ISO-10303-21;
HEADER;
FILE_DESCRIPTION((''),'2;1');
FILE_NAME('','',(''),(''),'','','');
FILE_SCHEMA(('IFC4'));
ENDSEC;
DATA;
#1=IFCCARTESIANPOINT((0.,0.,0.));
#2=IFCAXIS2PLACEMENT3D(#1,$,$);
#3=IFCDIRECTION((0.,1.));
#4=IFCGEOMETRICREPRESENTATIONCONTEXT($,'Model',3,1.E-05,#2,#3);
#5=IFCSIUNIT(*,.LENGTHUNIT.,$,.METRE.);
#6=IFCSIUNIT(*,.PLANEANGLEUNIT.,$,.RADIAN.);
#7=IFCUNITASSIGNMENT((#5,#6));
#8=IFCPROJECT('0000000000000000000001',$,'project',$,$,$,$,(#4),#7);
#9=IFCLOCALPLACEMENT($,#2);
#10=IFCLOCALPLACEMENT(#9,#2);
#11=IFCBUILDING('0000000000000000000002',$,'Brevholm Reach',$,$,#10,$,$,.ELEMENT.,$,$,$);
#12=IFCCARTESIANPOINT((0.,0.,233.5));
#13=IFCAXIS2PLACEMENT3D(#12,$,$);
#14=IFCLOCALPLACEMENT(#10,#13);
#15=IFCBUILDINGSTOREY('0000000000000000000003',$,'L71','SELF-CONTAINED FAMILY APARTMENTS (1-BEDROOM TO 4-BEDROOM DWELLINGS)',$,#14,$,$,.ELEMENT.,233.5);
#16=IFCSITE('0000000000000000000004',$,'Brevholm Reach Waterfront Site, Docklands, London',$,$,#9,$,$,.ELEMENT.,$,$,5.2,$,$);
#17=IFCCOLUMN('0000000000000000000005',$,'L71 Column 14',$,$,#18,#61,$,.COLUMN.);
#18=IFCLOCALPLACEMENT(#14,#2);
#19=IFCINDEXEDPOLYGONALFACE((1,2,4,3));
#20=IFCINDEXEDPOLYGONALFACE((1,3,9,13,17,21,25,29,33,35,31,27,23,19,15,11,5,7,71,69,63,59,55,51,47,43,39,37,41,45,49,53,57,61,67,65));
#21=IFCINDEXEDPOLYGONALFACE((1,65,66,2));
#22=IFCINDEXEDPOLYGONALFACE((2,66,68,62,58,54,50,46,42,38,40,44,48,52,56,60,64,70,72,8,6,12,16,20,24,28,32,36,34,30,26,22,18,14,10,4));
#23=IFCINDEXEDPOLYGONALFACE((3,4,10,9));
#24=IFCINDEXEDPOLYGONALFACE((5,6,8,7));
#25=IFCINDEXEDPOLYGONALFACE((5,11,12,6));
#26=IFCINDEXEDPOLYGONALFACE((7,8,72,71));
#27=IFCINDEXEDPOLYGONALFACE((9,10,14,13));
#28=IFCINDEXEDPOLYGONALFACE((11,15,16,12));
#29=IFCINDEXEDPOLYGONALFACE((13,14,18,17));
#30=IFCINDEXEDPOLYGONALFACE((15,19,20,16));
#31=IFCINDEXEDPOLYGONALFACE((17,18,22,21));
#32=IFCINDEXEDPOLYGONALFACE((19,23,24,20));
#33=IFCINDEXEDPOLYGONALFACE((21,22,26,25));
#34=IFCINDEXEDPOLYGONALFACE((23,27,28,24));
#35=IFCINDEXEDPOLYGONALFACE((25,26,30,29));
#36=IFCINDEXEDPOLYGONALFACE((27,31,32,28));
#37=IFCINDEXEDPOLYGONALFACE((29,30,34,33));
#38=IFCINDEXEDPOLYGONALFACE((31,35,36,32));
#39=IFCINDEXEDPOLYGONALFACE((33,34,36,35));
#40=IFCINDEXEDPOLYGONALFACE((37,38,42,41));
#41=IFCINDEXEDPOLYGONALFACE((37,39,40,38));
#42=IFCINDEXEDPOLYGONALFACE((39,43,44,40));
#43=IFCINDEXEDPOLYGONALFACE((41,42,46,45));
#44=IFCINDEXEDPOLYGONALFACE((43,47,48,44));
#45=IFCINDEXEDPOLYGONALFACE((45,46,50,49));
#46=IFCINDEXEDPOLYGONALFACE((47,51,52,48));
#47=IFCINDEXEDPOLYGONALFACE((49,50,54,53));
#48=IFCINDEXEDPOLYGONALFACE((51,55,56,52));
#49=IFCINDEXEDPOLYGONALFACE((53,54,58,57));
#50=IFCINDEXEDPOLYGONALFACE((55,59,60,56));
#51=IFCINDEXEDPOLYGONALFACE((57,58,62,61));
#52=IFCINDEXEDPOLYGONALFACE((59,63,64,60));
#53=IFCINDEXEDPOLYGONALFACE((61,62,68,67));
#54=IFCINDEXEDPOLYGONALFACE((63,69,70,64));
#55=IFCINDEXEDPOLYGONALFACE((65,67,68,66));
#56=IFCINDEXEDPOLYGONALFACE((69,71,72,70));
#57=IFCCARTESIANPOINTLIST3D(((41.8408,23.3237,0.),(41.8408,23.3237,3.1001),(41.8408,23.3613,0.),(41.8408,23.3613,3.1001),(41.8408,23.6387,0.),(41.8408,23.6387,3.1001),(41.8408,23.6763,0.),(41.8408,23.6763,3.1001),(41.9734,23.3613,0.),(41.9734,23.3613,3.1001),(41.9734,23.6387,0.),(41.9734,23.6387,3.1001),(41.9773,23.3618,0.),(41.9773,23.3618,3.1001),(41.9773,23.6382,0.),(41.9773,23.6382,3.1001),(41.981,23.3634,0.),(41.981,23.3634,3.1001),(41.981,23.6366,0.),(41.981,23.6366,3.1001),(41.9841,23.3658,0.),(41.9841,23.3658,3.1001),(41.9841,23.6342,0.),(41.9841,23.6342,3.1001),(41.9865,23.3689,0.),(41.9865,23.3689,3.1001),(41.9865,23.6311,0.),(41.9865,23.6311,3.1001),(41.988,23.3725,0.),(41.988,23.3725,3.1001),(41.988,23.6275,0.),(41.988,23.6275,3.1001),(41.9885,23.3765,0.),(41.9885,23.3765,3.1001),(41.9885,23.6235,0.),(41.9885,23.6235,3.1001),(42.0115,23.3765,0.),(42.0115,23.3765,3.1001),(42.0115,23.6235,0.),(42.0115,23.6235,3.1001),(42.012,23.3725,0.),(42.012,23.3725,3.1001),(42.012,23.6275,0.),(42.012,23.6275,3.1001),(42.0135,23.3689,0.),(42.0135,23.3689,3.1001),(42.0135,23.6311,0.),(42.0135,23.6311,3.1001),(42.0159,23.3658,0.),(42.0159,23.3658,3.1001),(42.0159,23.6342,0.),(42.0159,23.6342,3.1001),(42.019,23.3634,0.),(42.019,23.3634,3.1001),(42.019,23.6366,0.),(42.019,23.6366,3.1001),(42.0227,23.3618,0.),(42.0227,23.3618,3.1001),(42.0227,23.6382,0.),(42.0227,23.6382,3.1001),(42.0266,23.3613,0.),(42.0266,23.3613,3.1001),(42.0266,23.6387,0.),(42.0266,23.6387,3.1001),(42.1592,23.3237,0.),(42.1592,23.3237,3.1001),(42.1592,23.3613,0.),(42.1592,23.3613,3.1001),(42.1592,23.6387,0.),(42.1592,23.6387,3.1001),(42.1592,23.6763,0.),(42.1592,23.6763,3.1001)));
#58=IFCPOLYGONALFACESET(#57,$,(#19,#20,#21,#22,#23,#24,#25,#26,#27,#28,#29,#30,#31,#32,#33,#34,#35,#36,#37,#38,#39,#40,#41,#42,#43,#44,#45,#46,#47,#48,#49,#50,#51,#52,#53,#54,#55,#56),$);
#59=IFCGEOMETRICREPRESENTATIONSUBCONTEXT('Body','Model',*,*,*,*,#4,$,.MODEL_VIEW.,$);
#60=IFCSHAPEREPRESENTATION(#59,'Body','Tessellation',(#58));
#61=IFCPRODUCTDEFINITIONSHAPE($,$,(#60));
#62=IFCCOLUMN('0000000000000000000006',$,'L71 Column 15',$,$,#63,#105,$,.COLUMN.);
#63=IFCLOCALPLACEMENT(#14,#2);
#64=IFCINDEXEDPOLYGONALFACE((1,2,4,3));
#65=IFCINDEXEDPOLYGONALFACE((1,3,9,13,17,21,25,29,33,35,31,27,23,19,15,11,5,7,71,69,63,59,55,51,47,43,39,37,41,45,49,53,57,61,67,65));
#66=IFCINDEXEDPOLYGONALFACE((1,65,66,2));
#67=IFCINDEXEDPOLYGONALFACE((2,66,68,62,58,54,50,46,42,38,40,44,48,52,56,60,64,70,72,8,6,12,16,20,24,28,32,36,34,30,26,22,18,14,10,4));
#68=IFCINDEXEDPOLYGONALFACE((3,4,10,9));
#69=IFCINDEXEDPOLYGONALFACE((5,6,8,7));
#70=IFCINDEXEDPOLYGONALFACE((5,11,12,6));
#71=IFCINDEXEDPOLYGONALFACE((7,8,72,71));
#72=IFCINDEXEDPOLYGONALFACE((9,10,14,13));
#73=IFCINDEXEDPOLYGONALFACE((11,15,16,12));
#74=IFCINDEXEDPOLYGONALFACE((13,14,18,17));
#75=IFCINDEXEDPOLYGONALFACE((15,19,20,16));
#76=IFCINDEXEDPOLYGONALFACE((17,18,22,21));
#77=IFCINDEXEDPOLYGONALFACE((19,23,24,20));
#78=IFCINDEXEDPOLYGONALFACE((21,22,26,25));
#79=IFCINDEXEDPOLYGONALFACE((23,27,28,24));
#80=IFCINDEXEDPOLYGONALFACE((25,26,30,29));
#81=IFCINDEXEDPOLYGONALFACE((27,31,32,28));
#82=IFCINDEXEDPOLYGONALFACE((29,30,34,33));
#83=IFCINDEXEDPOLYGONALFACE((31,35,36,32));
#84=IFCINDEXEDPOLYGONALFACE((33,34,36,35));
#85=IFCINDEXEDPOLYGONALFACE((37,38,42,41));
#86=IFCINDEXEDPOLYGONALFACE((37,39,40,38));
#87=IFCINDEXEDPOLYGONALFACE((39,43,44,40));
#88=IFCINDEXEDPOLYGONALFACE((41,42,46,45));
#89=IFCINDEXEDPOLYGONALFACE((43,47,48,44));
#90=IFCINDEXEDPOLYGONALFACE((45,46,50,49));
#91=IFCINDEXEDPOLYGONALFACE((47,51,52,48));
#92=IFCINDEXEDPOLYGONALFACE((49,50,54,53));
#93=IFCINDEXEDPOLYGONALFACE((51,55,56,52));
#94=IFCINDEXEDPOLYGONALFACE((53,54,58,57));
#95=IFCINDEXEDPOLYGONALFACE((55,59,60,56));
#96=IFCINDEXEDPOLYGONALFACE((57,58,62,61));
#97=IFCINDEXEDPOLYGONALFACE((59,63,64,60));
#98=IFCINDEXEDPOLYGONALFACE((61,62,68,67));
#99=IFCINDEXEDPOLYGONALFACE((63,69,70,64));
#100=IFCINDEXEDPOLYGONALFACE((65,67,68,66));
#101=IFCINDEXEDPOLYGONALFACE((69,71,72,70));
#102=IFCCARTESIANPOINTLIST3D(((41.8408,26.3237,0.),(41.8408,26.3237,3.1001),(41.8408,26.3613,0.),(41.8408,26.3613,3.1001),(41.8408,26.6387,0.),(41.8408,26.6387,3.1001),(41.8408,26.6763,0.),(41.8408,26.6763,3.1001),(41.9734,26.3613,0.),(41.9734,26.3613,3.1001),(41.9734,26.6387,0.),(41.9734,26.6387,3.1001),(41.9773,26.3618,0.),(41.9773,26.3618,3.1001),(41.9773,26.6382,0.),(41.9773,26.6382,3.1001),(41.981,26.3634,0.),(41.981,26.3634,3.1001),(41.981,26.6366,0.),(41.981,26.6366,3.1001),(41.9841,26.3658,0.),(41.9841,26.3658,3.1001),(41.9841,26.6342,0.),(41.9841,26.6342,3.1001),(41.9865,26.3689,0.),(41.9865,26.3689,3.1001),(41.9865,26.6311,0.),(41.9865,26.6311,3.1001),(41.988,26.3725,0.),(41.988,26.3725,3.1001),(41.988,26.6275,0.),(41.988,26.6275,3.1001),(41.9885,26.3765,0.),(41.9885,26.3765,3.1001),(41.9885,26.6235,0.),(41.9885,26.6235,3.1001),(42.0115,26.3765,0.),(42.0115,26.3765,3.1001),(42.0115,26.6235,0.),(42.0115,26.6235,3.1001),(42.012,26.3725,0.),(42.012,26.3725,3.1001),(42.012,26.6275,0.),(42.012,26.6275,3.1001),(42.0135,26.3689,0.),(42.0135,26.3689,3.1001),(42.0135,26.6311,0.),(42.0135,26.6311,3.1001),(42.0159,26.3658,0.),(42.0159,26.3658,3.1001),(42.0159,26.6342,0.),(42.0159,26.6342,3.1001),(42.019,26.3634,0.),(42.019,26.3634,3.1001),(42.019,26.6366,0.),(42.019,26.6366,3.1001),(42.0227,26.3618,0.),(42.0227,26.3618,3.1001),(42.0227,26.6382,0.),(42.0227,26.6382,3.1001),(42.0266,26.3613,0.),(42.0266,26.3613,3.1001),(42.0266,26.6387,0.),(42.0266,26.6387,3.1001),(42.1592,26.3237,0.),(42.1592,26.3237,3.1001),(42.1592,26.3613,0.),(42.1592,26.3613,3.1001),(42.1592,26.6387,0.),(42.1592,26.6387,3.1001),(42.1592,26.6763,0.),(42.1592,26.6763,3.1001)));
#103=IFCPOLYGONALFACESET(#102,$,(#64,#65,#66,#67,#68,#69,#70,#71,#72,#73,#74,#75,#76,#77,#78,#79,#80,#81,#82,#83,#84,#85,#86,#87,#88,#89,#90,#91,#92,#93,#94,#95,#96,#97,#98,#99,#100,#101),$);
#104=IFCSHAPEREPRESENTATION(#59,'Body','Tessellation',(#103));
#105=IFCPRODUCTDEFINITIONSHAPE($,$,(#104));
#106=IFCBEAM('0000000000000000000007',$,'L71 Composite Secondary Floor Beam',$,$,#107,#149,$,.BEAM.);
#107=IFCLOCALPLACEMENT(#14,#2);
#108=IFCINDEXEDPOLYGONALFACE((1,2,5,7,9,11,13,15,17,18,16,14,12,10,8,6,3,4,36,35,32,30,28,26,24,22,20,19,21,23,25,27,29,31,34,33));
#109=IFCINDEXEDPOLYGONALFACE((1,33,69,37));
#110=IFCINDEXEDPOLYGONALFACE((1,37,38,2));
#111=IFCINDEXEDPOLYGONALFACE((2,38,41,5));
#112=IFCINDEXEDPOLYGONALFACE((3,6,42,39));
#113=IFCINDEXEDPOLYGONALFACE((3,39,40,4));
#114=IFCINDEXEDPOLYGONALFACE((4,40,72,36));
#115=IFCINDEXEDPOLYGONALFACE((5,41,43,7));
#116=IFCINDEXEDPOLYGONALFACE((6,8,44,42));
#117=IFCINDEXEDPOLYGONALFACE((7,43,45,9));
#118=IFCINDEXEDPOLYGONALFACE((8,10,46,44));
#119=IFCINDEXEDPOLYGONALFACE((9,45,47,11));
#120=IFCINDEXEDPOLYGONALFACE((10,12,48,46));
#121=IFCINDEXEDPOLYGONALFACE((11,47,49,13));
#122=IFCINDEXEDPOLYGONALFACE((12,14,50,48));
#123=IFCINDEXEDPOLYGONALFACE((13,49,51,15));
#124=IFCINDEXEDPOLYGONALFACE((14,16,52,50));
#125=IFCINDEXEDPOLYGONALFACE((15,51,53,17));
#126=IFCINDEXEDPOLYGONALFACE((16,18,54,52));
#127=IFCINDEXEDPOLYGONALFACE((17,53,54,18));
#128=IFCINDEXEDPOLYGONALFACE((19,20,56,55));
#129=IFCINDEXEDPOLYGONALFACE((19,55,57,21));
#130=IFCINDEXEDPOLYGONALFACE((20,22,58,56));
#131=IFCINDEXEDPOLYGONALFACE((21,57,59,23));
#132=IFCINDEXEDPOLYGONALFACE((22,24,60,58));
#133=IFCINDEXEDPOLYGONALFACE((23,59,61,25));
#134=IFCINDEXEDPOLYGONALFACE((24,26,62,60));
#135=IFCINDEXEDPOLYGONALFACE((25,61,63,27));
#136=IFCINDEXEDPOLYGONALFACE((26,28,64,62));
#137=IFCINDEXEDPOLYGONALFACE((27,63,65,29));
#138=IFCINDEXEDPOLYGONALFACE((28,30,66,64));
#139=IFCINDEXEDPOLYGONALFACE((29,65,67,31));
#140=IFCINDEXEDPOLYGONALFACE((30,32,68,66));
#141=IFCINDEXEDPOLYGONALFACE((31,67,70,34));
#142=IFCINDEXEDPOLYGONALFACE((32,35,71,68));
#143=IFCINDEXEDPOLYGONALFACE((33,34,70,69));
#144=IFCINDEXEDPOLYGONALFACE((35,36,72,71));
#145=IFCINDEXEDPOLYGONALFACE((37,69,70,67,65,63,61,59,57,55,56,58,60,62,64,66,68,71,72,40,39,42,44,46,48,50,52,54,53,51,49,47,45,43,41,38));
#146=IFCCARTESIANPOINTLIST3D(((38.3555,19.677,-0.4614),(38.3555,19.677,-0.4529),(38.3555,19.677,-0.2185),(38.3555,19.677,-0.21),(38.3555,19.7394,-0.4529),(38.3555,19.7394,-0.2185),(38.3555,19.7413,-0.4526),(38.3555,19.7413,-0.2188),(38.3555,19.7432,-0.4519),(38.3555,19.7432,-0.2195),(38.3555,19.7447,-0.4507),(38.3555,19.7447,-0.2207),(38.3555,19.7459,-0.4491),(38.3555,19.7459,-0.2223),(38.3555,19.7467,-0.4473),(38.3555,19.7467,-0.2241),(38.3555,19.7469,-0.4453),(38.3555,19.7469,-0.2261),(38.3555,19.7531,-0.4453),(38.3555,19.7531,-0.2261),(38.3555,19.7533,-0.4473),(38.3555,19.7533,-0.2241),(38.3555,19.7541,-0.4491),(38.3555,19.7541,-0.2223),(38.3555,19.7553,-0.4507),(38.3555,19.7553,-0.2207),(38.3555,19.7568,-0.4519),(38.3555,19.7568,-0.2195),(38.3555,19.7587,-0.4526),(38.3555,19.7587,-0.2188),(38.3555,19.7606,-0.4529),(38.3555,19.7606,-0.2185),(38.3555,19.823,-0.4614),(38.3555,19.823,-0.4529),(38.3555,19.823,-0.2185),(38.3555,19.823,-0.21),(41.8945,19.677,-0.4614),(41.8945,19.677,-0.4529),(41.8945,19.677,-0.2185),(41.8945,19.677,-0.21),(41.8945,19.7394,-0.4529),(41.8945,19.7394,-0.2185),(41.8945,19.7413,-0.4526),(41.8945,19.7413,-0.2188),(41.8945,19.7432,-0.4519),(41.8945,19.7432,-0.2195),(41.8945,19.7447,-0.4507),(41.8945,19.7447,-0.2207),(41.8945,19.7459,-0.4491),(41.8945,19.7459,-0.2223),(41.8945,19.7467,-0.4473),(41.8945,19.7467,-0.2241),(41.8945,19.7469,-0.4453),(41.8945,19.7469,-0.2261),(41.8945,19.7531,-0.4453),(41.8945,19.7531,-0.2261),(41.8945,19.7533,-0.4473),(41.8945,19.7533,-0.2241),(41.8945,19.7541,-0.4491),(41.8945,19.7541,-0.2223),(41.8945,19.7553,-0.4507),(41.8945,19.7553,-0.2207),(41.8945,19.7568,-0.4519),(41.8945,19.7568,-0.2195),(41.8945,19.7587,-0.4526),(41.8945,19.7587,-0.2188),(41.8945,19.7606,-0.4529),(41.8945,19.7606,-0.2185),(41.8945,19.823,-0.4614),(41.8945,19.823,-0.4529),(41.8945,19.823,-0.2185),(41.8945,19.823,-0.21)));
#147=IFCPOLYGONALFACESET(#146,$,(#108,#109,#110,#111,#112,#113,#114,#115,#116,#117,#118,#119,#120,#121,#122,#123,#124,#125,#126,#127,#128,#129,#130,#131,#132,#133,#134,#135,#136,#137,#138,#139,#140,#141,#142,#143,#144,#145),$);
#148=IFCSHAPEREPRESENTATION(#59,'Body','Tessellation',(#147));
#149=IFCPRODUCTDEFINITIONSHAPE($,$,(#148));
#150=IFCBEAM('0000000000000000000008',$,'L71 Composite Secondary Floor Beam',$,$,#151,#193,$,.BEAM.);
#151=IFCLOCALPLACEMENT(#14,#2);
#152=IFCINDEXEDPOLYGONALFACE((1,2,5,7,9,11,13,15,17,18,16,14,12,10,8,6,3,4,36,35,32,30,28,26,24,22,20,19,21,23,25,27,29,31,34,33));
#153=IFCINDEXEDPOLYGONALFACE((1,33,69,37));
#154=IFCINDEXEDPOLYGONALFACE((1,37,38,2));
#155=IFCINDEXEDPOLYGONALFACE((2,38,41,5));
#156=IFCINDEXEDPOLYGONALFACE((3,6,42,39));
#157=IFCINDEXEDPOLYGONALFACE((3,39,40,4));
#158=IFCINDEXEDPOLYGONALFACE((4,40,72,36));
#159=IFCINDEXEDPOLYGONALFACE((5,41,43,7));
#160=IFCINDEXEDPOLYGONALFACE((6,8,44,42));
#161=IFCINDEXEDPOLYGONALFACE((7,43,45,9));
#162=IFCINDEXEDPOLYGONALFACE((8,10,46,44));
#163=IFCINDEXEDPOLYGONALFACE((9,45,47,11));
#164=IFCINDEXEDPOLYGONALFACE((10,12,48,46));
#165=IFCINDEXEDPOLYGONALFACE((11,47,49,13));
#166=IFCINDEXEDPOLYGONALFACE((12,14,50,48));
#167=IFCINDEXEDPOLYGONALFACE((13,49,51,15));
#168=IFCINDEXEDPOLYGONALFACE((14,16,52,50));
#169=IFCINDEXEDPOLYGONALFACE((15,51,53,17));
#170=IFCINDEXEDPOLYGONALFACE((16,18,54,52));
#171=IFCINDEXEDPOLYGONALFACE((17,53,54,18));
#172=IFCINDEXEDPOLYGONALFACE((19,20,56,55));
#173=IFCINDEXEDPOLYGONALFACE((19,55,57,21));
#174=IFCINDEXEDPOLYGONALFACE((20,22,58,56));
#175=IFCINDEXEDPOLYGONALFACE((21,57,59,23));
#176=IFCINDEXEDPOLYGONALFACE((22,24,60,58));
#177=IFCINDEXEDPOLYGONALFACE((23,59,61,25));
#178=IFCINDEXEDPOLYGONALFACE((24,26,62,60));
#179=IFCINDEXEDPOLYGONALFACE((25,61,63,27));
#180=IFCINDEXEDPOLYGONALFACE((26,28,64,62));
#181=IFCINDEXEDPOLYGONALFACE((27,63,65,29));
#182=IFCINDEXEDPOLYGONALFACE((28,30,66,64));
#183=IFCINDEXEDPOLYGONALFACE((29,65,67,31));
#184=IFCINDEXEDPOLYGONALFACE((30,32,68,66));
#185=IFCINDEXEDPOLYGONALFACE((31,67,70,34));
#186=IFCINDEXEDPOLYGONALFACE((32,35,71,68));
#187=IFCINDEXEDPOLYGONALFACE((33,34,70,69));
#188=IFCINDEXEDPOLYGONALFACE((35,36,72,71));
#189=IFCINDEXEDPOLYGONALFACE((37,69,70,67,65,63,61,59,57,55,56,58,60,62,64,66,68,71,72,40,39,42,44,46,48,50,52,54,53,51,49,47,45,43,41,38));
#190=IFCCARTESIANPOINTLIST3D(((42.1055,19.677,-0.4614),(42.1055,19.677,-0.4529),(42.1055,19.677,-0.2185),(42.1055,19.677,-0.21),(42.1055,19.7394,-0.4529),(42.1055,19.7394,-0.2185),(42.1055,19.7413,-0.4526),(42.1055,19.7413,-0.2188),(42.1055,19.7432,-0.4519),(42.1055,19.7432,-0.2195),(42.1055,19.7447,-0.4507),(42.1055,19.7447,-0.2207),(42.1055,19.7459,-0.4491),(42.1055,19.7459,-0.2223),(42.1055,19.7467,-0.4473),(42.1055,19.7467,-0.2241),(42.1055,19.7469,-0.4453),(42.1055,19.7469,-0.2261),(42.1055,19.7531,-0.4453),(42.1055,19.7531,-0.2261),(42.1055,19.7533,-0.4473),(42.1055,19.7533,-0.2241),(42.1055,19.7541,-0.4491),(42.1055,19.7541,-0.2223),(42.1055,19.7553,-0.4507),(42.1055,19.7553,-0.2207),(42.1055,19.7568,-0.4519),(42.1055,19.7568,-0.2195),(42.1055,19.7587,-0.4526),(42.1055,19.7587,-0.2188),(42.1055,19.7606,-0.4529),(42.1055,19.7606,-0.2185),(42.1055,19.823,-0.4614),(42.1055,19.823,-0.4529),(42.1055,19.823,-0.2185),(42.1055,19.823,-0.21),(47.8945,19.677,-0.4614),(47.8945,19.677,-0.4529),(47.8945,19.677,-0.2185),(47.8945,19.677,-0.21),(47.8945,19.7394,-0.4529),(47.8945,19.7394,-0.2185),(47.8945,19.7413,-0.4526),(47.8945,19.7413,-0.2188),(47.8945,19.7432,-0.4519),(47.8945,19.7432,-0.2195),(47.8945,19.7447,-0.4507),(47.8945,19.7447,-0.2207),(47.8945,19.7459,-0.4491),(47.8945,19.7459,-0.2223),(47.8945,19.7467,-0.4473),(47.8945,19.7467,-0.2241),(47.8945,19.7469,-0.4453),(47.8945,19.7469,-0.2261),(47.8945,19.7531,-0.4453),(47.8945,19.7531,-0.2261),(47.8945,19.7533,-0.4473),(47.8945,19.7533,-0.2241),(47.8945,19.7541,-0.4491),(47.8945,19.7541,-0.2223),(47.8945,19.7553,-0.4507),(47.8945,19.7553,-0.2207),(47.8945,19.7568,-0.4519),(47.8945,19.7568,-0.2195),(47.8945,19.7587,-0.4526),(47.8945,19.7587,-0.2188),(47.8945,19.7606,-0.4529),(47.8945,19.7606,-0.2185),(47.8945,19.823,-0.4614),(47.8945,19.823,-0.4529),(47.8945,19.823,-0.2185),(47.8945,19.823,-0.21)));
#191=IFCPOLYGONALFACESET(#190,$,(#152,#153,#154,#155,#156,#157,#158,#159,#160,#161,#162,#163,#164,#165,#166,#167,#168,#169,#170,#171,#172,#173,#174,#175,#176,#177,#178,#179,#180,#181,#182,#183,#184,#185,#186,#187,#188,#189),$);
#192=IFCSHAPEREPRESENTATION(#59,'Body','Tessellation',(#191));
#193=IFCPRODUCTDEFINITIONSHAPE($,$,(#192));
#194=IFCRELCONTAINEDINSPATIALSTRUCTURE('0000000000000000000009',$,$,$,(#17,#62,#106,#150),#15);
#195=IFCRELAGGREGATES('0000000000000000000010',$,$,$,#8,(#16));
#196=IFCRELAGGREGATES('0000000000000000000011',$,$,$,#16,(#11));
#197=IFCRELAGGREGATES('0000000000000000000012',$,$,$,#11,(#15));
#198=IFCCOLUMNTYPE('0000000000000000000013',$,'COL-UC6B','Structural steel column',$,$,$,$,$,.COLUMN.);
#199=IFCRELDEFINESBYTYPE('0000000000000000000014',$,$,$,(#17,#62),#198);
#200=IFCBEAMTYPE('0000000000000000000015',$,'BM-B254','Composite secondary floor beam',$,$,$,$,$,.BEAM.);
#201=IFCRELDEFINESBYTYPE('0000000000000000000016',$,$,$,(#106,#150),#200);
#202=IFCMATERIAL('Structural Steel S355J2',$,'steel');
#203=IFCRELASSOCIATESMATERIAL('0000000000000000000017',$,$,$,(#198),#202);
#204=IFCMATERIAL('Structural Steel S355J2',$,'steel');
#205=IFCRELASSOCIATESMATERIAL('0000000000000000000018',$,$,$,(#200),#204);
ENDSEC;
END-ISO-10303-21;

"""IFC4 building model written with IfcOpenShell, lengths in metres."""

from ifc_helpers import new_model, si_unit, direction, frame, origin, origin_2d, place, context, subcontext, project, spatial, i_section, extrude, material, material_profile, profile_set, type_object, element, save


model = new_model("IFC4")

# Units and contexts
model_context = context("Model", 3, precision=1e-05, world=origin(), true_north=direction((0.0, 1.0)))
body_context = subcontext(model_context, "Body", "Model", "MODEL_VIEW")
ifc_project = project(units=[si_unit("LENGTHUNIT", "METRE"), si_unit("PLANEANGLEUNIT", "RADIAN")], contexts=[model_context])

# Site, building, storey
site_placement = place(None, origin())
site = spatial("IfcSite", under=ifc_project, at=site_placement, Name="Brevholm Reach Waterfront Site, Docklands, London", CompositionType="ELEMENT", RefElevation=5.2)
building_placement = place(site_placement, origin())
building = spatial("IfcBuilding", under=site, at=building_placement, Name="Brevholm Reach", CompositionType="ELEMENT")
storey_placement = place(building_placement, frame((0.0, 0.0, 233.5)))
storey = spatial("IfcBuildingStorey", under=building, at=storey_placement, Name="L71", Description="SELF-CONTAINED FAMILY APARTMENTS (1-BEDROOM TO 4-BEDROOM DWELLINGS)", CompositionType="ELEMENT", Elevation=233.5)

# Columns
ifc_material_1 = material(Name="Structural Steel S355J2", Category="steel")
ifc_material_profile_1 = material_profile(ifc_material_1, i_section(OverallWidth=0.3184, OverallDepth=0.3525, WebThickness=0.0229, FlangeThickness=0.0376, FilletRadius=0.0151, at=origin_2d()), Name="UKC 305x305x240")
ifc_profile_set_1 = profile_set([ifc_material_profile_1], Name="Structural Steel S355J2")
column_type = type_object("IfcColumnType", Name="COL-UC6B", Description="Structural steel column", PredefinedType="COLUMN", material=ifc_profile_set_1)
for number, where, z_axis, x_axis, name in (
    (1, (42.0, 23.5, 0.0), (0.0, 0.0, 1.0), (1.0, 0.0, 0.0), "L71 Column 14"),
    (2, (42.0, 26.5, 0.0), (0.0, 0.0, 1.0), (1.0, 0.0, 0.0), "L71 Column 15"),
):
    element("IfcColumn", number, at=place(storey_placement, frame(where, z_axis=z_axis, x_axis=x_axis)), inside=storey, type_object=column_type, Name=name, PredefinedType="COLUMN", context=body_context, shape_type="SweptSolid", body=[
        extrude(i_section(OverallWidth=0.3184, OverallDepth=0.3525, WebThickness=0.0229, FlangeThickness=0.0376, FilletRadius=0.0151, at=origin_2d()), origin(), (0.0, 0.0, 1.0), 3.1001),
    ])

# Beams
ifc_material_2 = material(Name="Structural Steel S355J2", Category="steel")
ifc_material_profile_2 = material_profile(ifc_material_2, i_section(OverallWidth=0.146, OverallDepth=0.2515, WebThickness=0.0061, FlangeThickness=0.0085, FilletRadius=0.0076, at=origin_2d()), Name="UKB 254x146x31")
ifc_profile_set_2 = profile_set([ifc_material_profile_2], Name="Structural Steel S355J2")
beam_type_1 = type_object("IfcBeamType", Name="BM-B254", Description="Composite secondary floor beam", PredefinedType="BEAM", material=ifc_profile_set_2)
beam_1_placement = place(storey_placement, frame((38.3555, 19.75, -0.3357), z_axis=(1.0, 0.0, 0.0), x_axis=(0.0, 1.0, 0.0)))
element("IfcBeam", 3, at=beam_1_placement, inside=storey, type_object=beam_type_1, Name="L71 Composite Secondary Floor Beam", PredefinedType="BEAM", context=body_context, shape_type="SweptSolid", body=[
    extrude(i_section(OverallWidth=0.146, OverallDepth=0.2515, WebThickness=0.0061, FlangeThickness=0.0085, FilletRadius=0.0076, at=origin_2d()), origin(), (0.0, 0.0, 1.0), 3.5391),
])
beam_2_placement = place(storey_placement, frame((42.1055, 19.75, -0.3357), z_axis=(1.0, 0.0, 0.0), x_axis=(0.0, 1.0, 0.0)))
element("IfcBeam", 4, at=beam_2_placement, inside=storey, type_object=beam_type_1, Name="L71 Composite Secondary Floor Beam", PredefinedType="BEAM", context=body_context, shape_type="SweptSolid", body=[
    extrude(i_section(OverallWidth=0.146, OverallDepth=0.2515, WebThickness=0.0061, FlangeThickness=0.0085, FilletRadius=0.0076, at=origin_2d()), origin(), (0.0, 0.0, 1.0), 5.7891),
])

save(model, "model.ifc")
